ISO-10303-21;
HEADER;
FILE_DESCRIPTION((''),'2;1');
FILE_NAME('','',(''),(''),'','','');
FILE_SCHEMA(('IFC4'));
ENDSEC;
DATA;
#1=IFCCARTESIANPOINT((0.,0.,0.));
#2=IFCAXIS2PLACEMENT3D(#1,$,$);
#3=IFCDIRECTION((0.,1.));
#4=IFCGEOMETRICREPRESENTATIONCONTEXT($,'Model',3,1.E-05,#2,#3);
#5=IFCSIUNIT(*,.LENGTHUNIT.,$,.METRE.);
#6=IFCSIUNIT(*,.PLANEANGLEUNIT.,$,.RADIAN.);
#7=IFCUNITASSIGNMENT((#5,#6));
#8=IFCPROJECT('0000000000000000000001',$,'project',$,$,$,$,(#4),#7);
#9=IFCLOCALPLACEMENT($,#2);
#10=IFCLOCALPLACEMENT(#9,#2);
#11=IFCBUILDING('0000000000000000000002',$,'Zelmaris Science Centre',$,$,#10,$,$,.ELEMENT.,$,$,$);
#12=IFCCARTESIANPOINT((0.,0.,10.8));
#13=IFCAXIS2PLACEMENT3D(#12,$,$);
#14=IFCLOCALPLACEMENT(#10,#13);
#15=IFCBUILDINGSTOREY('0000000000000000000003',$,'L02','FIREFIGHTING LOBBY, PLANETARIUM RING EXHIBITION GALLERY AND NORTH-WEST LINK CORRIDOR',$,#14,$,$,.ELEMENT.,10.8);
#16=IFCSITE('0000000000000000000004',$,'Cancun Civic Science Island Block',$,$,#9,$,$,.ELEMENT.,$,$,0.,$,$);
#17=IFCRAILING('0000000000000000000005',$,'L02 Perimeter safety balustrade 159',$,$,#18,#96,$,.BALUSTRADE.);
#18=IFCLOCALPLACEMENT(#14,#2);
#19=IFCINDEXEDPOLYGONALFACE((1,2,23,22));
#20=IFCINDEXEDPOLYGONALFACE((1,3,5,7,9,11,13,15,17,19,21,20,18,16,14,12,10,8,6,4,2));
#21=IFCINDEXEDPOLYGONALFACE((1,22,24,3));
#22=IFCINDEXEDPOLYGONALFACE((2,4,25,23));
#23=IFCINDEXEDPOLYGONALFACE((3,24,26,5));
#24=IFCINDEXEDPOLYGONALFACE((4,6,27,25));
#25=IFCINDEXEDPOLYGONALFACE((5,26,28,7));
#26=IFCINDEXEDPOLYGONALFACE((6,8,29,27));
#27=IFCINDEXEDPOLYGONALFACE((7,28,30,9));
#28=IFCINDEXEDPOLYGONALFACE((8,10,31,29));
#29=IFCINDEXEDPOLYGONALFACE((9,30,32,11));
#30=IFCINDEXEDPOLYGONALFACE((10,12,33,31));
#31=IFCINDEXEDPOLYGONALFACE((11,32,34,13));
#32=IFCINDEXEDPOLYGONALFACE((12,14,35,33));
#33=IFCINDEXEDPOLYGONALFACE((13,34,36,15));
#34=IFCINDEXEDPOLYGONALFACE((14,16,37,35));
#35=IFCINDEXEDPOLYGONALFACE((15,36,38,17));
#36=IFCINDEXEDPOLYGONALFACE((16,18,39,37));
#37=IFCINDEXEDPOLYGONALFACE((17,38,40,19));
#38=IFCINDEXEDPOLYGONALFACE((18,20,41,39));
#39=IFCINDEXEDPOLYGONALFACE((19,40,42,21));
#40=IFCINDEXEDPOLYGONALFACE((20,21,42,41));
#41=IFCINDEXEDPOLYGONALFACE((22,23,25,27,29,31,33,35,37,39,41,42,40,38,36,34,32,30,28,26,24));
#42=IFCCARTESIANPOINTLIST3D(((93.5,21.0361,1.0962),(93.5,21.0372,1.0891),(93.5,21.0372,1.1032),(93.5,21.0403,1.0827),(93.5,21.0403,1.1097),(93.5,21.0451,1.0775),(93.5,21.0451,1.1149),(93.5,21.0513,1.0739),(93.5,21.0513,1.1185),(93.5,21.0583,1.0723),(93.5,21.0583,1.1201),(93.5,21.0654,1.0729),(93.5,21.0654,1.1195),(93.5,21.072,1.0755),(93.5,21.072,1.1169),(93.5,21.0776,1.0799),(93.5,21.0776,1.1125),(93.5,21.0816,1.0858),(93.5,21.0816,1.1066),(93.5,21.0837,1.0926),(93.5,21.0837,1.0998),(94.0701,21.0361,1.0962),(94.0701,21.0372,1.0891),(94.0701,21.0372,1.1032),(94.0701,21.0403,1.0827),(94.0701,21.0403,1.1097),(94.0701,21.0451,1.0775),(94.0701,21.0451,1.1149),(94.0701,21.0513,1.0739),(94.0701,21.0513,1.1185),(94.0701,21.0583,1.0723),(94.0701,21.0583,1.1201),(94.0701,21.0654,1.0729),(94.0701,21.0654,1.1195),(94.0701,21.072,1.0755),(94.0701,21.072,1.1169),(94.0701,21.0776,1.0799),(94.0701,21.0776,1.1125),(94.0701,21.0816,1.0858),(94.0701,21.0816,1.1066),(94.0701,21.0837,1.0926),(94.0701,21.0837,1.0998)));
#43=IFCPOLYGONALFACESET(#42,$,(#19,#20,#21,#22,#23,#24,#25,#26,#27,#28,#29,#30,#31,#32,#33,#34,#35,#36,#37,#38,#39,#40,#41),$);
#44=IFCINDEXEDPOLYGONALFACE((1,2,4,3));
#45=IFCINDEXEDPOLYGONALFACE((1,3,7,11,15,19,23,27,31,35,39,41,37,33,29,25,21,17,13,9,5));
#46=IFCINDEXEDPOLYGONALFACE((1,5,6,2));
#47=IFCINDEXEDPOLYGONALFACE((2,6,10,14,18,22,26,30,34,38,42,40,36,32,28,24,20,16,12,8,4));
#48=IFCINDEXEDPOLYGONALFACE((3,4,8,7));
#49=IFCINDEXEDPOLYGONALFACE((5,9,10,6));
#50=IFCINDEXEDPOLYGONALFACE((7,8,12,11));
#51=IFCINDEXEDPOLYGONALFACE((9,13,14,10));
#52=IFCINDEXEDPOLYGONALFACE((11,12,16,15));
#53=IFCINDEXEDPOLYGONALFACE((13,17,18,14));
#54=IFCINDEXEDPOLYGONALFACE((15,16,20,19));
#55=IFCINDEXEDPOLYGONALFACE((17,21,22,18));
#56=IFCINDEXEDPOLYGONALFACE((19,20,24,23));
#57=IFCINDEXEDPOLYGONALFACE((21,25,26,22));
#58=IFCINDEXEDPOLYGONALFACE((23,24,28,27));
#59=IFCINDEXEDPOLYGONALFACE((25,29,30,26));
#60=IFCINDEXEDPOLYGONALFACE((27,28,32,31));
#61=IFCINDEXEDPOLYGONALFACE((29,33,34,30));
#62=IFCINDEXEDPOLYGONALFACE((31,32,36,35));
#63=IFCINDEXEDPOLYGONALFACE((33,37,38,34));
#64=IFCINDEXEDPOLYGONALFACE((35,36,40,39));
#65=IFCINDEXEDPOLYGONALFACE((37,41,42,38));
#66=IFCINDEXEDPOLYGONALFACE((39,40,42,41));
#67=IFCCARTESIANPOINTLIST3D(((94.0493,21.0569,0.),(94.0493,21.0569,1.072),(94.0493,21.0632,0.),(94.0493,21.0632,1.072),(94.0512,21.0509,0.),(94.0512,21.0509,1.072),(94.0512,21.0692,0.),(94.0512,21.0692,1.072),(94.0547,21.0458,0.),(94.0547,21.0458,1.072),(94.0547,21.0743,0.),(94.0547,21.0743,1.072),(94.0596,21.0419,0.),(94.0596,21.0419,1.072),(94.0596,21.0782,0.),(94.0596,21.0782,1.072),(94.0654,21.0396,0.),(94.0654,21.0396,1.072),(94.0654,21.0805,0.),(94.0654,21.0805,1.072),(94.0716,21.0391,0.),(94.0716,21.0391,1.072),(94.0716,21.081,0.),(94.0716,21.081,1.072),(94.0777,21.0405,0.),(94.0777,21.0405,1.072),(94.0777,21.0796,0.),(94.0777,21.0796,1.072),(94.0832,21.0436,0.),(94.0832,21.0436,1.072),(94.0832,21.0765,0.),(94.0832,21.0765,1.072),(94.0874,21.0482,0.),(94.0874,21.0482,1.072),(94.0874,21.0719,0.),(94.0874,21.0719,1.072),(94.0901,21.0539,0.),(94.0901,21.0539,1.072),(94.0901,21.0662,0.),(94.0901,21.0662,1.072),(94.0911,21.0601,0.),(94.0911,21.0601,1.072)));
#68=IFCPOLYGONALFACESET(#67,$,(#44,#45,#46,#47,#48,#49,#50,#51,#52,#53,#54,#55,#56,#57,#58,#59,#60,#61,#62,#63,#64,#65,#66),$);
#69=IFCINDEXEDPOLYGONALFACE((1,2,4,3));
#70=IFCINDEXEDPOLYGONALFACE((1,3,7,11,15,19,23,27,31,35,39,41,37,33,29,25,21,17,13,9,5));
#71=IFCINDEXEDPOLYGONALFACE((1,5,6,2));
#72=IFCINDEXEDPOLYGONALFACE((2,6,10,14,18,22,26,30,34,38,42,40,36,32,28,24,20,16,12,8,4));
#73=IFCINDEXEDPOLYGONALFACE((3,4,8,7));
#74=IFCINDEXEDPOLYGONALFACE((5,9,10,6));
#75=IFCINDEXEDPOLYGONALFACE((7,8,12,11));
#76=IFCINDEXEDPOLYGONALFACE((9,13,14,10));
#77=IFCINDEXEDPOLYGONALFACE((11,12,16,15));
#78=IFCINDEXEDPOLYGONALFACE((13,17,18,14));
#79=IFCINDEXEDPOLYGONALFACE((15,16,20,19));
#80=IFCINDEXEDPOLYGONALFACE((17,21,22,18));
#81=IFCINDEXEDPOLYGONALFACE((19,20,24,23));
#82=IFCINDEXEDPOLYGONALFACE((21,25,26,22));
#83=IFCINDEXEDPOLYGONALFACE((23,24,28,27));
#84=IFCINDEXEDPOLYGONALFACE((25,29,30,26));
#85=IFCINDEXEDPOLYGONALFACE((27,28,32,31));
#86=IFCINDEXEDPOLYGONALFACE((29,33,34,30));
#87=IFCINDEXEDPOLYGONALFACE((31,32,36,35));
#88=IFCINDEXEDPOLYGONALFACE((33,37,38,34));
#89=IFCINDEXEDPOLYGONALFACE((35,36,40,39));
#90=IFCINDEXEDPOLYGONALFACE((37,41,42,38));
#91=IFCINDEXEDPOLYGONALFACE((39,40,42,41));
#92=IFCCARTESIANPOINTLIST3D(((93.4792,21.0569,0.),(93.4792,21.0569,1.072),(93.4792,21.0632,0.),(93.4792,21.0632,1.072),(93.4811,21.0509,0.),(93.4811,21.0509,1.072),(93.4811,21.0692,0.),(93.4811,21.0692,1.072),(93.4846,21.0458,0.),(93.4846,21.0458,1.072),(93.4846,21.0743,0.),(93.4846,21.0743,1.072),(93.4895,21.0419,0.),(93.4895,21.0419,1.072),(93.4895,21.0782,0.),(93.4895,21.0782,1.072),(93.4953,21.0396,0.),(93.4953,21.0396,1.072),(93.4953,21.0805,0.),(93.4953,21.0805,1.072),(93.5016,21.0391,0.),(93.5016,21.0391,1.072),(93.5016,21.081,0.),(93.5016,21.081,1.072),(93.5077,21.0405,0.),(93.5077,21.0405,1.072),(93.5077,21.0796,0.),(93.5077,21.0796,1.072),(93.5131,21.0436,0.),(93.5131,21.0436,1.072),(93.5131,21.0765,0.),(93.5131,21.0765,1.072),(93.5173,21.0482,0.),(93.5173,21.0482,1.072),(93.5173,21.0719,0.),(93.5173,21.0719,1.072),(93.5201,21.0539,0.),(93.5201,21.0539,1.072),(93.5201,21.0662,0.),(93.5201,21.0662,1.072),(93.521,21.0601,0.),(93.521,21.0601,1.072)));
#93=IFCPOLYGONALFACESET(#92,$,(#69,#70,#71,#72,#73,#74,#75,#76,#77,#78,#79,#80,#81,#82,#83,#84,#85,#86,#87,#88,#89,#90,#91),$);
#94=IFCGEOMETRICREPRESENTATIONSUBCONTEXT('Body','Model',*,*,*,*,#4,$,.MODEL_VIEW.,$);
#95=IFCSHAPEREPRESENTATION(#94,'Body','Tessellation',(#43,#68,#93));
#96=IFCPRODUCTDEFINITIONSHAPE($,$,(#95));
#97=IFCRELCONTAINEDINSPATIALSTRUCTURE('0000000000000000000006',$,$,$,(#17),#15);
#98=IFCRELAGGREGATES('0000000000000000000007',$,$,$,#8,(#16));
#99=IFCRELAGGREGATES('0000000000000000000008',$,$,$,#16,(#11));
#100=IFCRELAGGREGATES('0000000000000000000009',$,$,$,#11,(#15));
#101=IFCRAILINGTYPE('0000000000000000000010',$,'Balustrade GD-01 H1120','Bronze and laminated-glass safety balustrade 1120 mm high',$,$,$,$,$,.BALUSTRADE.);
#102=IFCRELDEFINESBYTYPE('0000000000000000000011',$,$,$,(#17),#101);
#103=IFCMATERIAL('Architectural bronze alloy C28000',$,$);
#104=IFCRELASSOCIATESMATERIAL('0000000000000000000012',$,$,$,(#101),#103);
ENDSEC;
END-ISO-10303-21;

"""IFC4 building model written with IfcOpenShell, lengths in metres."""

from ifc_helpers import new_model, si_unit, direction, frame, origin, origin_2d, place, context, subcontext, project, spatial, circle, extrude, material, type_object, element, save


model = new_model("IFC4")

# Units and contexts
model_context = context("Model", 3, precision=1e-05, world=origin(), true_north=direction((0.0, 1.0)))
body_context = subcontext(model_context, "Body", "Model", "MODEL_VIEW")
ifc_project = project(units=[si_unit("LENGTHUNIT", "METRE"), si_unit("PLANEANGLEUNIT", "RADIAN")], contexts=[model_context])

# Site, building, storey
site_placement = place(None, origin())
site = spatial("IfcSite", under=ifc_project, at=site_placement, Name="Cancun Civic Science Island Block", CompositionType="ELEMENT", RefElevation=0.0)
building_placement = place(site_placement, origin())
building = spatial("IfcBuilding", under=site, at=building_placement, Name="Zelmaris Science Centre", CompositionType="ELEMENT")
storey_placement = place(building_placement, frame((0.0, 0.0, 10.8)))
storey = spatial("IfcBuildingStorey", under=building, at=storey_placement, Name="L02", Description="FIREFIGHTING LOBBY, PLANETARIUM RING EXHIBITION GALLERY AND NORTH-WEST LINK CORRIDOR", CompositionType="ELEMENT", Elevation=10.8)

# Railing
ifc_material_1 = material(Name="Architectural bronze alloy C28000")
railing_type = type_object("IfcRailingType", Name="Balustrade GD-01 H1120", Description="Bronze and laminated-glass safety balustrade 1120 mm high", PredefinedType="BALUSTRADE", material=ifc_material_1)
railing_placement = place(storey_placement, frame((94.0701, 21.0601, 0.0)))
element("IfcRailing", 1, at=railing_placement, inside=storey, type_object=railing_type, Name="L02 Perimeter safety balustrade 159", PredefinedType="BALUSTRADE", context=body_context, shape_type="SweptSolid", body=[
    extrude(circle(Radius=0.0239, at=origin_2d()), frame((0.0, 0.0, 1.0962), z_axis=(-1.0, 0.0, 0.0), x_axis=(0.0, -1.0, 0.0)), (0.0, 0.0, 1.0), 0.5701),
    extrude(circle(Radius=0.021, at=origin_2d()), origin(), (0.0, 0.0, 1.0), 1.072),
    extrude(circle(Radius=0.021, at=origin_2d()), frame((-0.5701, 0.0, 0.0)), (0.0, 0.0, 1.0), 1.072),
])

save(model, "model.ifc")
